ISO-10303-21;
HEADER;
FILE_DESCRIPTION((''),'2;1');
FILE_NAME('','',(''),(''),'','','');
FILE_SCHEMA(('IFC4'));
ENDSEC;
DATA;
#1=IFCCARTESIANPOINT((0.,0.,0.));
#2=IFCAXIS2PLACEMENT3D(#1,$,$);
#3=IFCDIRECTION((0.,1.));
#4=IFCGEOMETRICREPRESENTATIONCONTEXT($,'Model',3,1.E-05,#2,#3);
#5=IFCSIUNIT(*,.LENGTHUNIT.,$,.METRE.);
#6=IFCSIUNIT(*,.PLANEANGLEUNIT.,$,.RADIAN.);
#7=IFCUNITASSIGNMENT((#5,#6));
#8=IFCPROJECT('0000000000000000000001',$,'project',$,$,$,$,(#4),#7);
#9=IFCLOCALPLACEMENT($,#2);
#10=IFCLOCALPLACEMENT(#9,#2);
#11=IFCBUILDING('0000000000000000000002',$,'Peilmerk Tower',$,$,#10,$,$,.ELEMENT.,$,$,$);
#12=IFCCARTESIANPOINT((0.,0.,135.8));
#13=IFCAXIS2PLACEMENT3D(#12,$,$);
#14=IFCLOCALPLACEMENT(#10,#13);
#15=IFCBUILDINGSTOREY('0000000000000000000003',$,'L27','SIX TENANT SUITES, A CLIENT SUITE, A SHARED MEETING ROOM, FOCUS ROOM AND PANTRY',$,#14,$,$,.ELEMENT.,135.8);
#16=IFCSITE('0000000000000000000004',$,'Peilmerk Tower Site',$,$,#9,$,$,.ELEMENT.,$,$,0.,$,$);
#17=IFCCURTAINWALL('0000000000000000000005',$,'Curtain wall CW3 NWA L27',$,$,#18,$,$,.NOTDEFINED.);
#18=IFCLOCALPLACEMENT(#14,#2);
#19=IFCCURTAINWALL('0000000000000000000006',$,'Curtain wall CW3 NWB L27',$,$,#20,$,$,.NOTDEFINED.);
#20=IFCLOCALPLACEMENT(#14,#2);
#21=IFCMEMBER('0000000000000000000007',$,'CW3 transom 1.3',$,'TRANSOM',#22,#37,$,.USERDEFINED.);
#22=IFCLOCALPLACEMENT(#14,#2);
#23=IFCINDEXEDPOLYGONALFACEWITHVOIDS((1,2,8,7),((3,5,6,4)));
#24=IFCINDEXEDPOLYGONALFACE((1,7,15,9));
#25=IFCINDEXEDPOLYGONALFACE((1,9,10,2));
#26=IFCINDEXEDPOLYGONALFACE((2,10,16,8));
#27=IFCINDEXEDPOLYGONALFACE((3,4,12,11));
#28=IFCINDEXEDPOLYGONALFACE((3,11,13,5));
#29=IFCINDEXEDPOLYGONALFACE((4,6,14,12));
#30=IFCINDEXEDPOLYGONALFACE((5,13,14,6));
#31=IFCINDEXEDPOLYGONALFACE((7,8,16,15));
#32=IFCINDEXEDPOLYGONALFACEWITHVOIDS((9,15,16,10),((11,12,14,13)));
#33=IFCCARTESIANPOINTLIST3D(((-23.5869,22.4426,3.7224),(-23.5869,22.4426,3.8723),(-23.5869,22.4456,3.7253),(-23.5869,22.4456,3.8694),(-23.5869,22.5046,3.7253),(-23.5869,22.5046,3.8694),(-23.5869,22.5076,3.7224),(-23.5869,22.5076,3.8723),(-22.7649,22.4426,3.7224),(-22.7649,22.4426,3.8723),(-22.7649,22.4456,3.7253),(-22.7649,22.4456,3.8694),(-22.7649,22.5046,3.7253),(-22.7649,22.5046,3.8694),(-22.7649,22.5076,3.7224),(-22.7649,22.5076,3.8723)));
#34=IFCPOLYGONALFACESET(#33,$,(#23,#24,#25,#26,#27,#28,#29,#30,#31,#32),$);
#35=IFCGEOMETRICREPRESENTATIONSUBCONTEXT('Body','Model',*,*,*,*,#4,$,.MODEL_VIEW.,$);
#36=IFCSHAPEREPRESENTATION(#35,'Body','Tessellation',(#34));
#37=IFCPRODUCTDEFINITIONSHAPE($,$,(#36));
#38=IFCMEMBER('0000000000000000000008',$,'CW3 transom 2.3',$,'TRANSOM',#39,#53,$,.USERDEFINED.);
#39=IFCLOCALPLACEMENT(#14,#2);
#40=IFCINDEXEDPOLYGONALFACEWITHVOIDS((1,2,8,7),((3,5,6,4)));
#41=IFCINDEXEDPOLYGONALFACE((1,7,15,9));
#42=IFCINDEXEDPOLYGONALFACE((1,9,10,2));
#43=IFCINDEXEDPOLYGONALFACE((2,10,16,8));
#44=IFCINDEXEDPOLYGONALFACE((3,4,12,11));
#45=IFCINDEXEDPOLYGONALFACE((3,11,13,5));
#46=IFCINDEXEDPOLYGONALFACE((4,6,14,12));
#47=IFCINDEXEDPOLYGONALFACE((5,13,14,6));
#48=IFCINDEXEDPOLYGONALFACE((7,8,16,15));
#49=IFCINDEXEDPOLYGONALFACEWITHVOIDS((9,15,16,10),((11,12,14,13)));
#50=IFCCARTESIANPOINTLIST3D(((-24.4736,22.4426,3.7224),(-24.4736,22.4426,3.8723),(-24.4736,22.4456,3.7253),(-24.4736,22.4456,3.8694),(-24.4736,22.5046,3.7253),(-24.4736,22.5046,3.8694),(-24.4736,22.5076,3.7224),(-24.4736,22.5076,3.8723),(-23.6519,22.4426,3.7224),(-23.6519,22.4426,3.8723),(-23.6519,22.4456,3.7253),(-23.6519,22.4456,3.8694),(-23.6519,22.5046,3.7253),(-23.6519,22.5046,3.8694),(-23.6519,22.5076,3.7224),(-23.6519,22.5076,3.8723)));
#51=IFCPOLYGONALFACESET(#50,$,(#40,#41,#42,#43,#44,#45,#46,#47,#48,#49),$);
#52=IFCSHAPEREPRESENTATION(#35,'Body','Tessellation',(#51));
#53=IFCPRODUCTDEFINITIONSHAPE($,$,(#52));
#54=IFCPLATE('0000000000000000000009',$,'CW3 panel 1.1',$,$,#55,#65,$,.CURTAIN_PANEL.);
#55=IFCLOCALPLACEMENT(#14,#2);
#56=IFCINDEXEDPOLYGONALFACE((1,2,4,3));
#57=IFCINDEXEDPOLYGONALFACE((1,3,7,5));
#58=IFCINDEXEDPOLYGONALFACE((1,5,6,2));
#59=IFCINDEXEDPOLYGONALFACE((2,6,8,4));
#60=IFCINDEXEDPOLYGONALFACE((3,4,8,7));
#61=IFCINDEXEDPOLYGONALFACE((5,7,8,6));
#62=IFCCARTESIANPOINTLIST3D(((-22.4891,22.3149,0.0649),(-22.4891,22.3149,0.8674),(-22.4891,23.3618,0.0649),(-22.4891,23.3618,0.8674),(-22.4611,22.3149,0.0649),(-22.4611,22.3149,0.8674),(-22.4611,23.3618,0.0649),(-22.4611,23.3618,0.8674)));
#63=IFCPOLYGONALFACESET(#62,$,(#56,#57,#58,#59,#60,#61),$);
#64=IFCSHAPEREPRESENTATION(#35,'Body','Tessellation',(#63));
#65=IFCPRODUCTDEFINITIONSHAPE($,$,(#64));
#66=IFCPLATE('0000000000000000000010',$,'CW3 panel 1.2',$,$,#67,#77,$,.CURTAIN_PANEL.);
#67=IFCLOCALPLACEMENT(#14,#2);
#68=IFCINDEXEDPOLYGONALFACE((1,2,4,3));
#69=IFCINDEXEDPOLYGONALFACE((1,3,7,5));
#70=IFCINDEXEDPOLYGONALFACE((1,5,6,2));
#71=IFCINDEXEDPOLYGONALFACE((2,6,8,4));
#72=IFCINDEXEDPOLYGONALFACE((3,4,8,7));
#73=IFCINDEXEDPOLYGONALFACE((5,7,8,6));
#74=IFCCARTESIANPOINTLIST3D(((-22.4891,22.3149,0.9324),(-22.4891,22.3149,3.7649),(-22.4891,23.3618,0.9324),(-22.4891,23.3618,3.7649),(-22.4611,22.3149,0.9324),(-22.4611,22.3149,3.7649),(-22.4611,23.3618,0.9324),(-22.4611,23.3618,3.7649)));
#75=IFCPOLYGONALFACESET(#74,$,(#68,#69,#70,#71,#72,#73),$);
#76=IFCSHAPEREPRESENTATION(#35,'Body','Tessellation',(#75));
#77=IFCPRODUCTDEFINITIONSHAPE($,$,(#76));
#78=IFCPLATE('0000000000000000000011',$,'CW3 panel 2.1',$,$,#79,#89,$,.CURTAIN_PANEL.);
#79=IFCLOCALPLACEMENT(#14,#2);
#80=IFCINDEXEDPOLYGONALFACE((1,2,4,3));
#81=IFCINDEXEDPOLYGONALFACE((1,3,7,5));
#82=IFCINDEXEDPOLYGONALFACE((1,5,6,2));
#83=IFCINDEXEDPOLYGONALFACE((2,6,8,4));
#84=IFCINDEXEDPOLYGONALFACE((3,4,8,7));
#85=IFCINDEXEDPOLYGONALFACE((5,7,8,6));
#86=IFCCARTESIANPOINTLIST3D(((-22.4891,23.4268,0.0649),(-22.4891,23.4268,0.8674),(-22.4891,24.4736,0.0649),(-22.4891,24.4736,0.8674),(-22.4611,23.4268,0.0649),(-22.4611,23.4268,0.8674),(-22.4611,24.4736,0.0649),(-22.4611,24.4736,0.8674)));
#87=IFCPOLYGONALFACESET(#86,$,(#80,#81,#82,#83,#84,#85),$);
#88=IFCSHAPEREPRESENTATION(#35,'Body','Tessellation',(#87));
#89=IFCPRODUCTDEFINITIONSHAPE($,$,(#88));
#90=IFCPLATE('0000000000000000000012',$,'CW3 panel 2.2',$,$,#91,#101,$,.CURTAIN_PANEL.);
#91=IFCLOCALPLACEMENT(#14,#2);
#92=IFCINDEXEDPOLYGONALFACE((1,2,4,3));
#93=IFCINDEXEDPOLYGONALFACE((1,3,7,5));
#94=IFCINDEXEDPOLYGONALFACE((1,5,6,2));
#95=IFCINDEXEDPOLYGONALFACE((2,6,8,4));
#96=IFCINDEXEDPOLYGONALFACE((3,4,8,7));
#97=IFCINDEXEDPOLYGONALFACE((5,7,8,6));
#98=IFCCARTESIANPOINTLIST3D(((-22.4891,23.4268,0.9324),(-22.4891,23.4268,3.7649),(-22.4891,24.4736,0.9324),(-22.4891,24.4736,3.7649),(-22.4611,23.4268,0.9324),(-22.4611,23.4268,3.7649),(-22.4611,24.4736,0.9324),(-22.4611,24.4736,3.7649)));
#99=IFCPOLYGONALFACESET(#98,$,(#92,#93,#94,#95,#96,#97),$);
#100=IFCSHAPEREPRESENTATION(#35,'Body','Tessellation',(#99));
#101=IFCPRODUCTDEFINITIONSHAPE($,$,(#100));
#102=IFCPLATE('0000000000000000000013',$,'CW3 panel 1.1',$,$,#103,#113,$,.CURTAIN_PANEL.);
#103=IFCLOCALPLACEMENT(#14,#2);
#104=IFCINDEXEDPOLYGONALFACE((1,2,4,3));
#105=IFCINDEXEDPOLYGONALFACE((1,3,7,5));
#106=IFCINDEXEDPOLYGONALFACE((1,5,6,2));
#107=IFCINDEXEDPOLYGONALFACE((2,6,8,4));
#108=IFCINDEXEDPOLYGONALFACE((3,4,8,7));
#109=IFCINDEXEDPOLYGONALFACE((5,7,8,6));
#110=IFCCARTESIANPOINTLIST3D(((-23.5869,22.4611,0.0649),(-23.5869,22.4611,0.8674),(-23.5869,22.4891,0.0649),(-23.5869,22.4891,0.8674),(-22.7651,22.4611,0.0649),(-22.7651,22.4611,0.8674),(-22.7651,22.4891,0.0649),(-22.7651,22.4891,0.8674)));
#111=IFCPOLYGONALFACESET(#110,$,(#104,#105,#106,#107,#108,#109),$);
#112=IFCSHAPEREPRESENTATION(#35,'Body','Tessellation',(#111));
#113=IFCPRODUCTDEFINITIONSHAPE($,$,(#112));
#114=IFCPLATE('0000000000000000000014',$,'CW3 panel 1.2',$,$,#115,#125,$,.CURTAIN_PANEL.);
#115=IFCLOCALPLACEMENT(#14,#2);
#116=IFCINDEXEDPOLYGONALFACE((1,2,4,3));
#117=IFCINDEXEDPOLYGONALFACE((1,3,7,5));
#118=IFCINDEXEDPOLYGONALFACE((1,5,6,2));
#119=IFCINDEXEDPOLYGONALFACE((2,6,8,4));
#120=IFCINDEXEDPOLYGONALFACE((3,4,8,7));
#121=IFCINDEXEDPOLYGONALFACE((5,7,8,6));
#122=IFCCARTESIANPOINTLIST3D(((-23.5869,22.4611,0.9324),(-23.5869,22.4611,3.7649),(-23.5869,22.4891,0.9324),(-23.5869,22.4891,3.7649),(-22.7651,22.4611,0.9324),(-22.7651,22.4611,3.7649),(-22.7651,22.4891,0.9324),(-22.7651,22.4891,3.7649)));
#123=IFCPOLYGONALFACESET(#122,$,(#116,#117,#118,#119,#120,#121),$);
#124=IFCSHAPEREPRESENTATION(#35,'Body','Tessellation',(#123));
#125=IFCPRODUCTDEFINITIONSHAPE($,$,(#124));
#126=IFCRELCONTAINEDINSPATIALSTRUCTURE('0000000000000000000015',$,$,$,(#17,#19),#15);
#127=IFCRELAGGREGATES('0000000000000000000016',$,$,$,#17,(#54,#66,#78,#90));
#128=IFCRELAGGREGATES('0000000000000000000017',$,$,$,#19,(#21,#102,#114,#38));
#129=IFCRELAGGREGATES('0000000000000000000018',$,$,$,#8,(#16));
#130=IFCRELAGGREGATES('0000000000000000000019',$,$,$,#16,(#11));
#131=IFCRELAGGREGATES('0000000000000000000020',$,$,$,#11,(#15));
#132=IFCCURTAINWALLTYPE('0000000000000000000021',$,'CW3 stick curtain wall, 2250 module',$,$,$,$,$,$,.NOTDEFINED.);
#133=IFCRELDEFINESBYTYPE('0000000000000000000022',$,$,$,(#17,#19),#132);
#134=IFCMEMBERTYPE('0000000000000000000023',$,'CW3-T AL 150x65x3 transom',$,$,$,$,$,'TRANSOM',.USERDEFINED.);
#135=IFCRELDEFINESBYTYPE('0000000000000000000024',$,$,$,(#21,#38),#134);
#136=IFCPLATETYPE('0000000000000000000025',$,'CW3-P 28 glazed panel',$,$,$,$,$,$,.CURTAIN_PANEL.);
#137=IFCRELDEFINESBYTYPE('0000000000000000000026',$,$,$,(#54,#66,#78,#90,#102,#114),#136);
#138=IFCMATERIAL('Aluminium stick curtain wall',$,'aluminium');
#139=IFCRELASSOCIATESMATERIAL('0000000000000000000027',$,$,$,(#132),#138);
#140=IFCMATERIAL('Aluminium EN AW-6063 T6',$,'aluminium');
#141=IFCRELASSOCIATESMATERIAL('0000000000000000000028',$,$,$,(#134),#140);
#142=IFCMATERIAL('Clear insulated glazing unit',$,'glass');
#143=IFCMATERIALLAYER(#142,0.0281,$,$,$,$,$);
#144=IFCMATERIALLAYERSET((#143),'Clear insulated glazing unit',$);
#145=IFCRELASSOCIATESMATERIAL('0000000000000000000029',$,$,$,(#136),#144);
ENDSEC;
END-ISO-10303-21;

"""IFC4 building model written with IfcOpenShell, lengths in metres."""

from ifc_helpers import new_model, si_unit, direction, frame, origin, origin_2d, place, context, subcontext, project, spatial, rectangle, hollow_rectangle, extrude, material, layer, layer_set, material_profile, profile_set, type_object, element, aggregate, save


model = new_model("IFC4")

# Units and contexts
model_context = context("Model", 3, precision=1e-05, world=origin(), true_north=direction((0.0, 1.0)))
body_context = subcontext(model_context, "Body", "Model", "MODEL_VIEW")
ifc_project = project(units=[si_unit("LENGTHUNIT", "METRE"), si_unit("PLANEANGLEUNIT", "RADIAN")], contexts=[model_context])

# Site, building, storey
site_placement = place(None, origin())
site = spatial("IfcSite", under=ifc_project, at=site_placement, Name="Peilmerk Tower Site", CompositionType="ELEMENT", RefElevation=0.0)
building_placement = place(site_placement, origin())
building = spatial("IfcBuilding", under=site, at=building_placement, Name="Peilmerk Tower", CompositionType="ELEMENT")
storey_placement = place(building_placement, frame((0.0, 0.0, 135.8)))
storey = spatial("IfcBuildingStorey", under=building, at=storey_placement, Name="L27", Description="SIX TENANT SUITES, A CLIENT SUITE, A SHARED MEETING ROOM, FOCUS ROOM AND PANTRY", CompositionType="ELEMENT", Elevation=135.8)

# Curtain walls
ifc_material_1 = material(Name="Aluminium stick curtain wall", Category="aluminium")
curtain_wall_type = type_object("IfcCurtainWallType", Name="CW3 stick curtain wall, 2250 module", PredefinedType="NOTDEFINED", material=ifc_material_1)
curtain_wall_1_placement = place(storey_placement, origin())
curtain_wall_1 = element("IfcCurtainWall", 1, at=curtain_wall_1_placement, inside=storey, type_object=curtain_wall_type, Name="Curtain wall CW3 NWA L27", PredefinedType="NOTDEFINED")
ifc_material_2 = material(Name="Aluminium EN AW-6063 T6", Category="aluminium")
curtain_wall_2_placement = place(storey_placement, origin())
curtain_wall_2 = element("IfcCurtainWall", 2, at=curtain_wall_2_placement, inside=storey, type_object=curtain_wall_type, Name="Curtain wall CW3 NWB L27", PredefinedType="NOTDEFINED")

# Members
ifc_material_profile_1 = material_profile(ifc_material_2, hollow_rectangle(XDim=0.0649, YDim=0.1499, WallThickness=0.0029, at=origin_2d()), Name="AL 150x65x3")
ifc_profile_set_1 = profile_set([ifc_material_profile_1], Name="Aluminium EN AW-6063 T6")
member_type_1 = type_object("IfcMemberType", Name="CW3-T AL 150x65x3 transom", ElementType="TRANSOM", PredefinedType="USERDEFINED", material=ifc_profile_set_1)
member_1_placement = place(storey_placement, frame((-22.7649, 22.4751, 3.7974), z_axis=(-1.0, 0.0, 0.0), x_axis=(0.0, -1.0, 0.0)))
member_1 = element("IfcMember", 3, at=member_1_placement, type_object=member_type_1, Name="CW3 transom 1.3", ObjectType="TRANSOM", PredefinedType="USERDEFINED", context=body_context, shape_type="SweptSolid", body=[
    extrude(hollow_rectangle(XDim=0.0649, YDim=0.1499, WallThickness=0.0029, at=origin_2d()), origin(), (0.0, 0.0, 1.0), 0.822),
])
member_2_placement = place(storey_placement, frame((-23.6519, 22.4751, 3.7974), z_axis=(-1.0, 0.0, 0.0), x_axis=(0.0, -1.0, 0.0)))
member_2 = element("IfcMember", 4, at=member_2_placement, type_object=member_type_1, Name="CW3 transom 2.3", ObjectType="TRANSOM", PredefinedType="USERDEFINED", context=body_context, shape_type="SweptSolid", body=[
    extrude(hollow_rectangle(XDim=0.0649, YDim=0.1499, WallThickness=0.0029, at=origin_2d()), origin(), (0.0, 0.0, 1.0), 0.8218),
])

# Plates
ifc_material_3 = material(Name="Clear insulated glazing unit", Category="glass")
ifc_layer_1 = layer(ifc_material_3, 0.0281)
ifc_layer_set_1 = layer_set([ifc_layer_1], Name="Clear insulated glazing unit")
plate_type = type_object("IfcPlateType", Name="CW3-P 28 glazed panel", PredefinedType="CURTAIN_PANEL", material=ifc_layer_set_1)
plate_1_placement = place(storey_placement, frame((-22.4751, 22.8384, 0.0649), z_axis=(0.0, 0.0, 1.0), x_axis=(0.0, 1.0, 0.0)))
plate_1 = element("IfcPlate", 5, at=plate_1_placement, type_object=plate_type, Name="CW3 panel 1.1", PredefinedType="CURTAIN_PANEL", context=body_context, shape_type="SweptSolid", body=[
    extrude(rectangle(XDim=1.0469, YDim=0.0281, at=origin_2d()), origin(), (0.0, 0.0, 1.0), 0.8025),
])
plate_2_placement = place(storey_placement, frame((-22.4751, 22.8384, 0.9324), z_axis=(0.0, 0.0, 1.0), x_axis=(0.0, 1.0, 0.0)))
plate_2 = element("IfcPlate", 6, at=plate_2_placement, type_object=plate_type, Name="CW3 panel 1.2", PredefinedType="CURTAIN_PANEL", context=body_context, shape_type="SweptSolid", body=[
    extrude(rectangle(XDim=1.0469, YDim=0.0281, at=origin_2d()), origin(), (0.0, 0.0, 1.0), 2.8325),
])
plate_3_placement = place(storey_placement, frame((-22.4751, 23.9502, 0.0649), z_axis=(0.0, 0.0, 1.0), x_axis=(0.0, 1.0, 0.0)))
plate_3 = element("IfcPlate", 7, at=plate_3_placement, type_object=plate_type, Name="CW3 panel 2.1", PredefinedType="CURTAIN_PANEL", context=body_context, shape_type="SweptSolid", body=[
    extrude(rectangle(XDim=1.0469, YDim=0.0281, at=origin_2d()), origin(), (0.0, 0.0, 1.0), 0.8025),
])
plate_4_placement = place(storey_placement, frame((-22.4751, 23.9502, 0.9324), z_axis=(0.0, 0.0, 1.0), x_axis=(0.0, 1.0, 0.0)))
plate_4 = element("IfcPlate", 8, at=plate_4_placement, type_object=plate_type, Name="CW3 panel 2.2", PredefinedType="CURTAIN_PANEL", context=body_context, shape_type="SweptSolid", body=[
    extrude(rectangle(XDim=1.0469, YDim=0.0281, at=origin_2d()), origin(), (0.0, 0.0, 1.0), 2.8325),
])
aggregate(curtain_wall_1, [plate_1, plate_2, plate_3, plate_4])
plate_5_placement = place(storey_placement, frame((-23.176, 22.4751, 0.0649), z_axis=(0.0, 0.0, 1.0), x_axis=(-1.0, 0.0, 0.0)))
plate_5 = element("IfcPlate", 9, at=plate_5_placement, type_object=plate_type, Name="CW3 panel 1.1", PredefinedType="CURTAIN_PANEL", context=body_context, shape_type="SweptSolid", body=[
    extrude(rectangle(XDim=0.8218, YDim=0.0281, at=origin_2d()), origin(), (0.0, 0.0, 1.0), 0.8025),
])
plate_6_placement = place(storey_placement, frame((-23.176, 22.4751, 0.9324), z_axis=(0.0, 0.0, 1.0), x_axis=(-1.0, 0.0, 0.0)))
plate_6 = element("IfcPlate", 10, at=plate_6_placement, type_object=plate_type, Name="CW3 panel 1.2", PredefinedType="CURTAIN_PANEL", context=body_context, shape_type="SweptSolid", body=[
    extrude(rectangle(XDim=0.8218, YDim=0.0281, at=origin_2d()), origin(), (0.0, 0.0, 1.0), 2.8325),
])
aggregate(curtain_wall_2, [member_1, plate_5, plate_6, member_2])

save(model, "model.ifc")
